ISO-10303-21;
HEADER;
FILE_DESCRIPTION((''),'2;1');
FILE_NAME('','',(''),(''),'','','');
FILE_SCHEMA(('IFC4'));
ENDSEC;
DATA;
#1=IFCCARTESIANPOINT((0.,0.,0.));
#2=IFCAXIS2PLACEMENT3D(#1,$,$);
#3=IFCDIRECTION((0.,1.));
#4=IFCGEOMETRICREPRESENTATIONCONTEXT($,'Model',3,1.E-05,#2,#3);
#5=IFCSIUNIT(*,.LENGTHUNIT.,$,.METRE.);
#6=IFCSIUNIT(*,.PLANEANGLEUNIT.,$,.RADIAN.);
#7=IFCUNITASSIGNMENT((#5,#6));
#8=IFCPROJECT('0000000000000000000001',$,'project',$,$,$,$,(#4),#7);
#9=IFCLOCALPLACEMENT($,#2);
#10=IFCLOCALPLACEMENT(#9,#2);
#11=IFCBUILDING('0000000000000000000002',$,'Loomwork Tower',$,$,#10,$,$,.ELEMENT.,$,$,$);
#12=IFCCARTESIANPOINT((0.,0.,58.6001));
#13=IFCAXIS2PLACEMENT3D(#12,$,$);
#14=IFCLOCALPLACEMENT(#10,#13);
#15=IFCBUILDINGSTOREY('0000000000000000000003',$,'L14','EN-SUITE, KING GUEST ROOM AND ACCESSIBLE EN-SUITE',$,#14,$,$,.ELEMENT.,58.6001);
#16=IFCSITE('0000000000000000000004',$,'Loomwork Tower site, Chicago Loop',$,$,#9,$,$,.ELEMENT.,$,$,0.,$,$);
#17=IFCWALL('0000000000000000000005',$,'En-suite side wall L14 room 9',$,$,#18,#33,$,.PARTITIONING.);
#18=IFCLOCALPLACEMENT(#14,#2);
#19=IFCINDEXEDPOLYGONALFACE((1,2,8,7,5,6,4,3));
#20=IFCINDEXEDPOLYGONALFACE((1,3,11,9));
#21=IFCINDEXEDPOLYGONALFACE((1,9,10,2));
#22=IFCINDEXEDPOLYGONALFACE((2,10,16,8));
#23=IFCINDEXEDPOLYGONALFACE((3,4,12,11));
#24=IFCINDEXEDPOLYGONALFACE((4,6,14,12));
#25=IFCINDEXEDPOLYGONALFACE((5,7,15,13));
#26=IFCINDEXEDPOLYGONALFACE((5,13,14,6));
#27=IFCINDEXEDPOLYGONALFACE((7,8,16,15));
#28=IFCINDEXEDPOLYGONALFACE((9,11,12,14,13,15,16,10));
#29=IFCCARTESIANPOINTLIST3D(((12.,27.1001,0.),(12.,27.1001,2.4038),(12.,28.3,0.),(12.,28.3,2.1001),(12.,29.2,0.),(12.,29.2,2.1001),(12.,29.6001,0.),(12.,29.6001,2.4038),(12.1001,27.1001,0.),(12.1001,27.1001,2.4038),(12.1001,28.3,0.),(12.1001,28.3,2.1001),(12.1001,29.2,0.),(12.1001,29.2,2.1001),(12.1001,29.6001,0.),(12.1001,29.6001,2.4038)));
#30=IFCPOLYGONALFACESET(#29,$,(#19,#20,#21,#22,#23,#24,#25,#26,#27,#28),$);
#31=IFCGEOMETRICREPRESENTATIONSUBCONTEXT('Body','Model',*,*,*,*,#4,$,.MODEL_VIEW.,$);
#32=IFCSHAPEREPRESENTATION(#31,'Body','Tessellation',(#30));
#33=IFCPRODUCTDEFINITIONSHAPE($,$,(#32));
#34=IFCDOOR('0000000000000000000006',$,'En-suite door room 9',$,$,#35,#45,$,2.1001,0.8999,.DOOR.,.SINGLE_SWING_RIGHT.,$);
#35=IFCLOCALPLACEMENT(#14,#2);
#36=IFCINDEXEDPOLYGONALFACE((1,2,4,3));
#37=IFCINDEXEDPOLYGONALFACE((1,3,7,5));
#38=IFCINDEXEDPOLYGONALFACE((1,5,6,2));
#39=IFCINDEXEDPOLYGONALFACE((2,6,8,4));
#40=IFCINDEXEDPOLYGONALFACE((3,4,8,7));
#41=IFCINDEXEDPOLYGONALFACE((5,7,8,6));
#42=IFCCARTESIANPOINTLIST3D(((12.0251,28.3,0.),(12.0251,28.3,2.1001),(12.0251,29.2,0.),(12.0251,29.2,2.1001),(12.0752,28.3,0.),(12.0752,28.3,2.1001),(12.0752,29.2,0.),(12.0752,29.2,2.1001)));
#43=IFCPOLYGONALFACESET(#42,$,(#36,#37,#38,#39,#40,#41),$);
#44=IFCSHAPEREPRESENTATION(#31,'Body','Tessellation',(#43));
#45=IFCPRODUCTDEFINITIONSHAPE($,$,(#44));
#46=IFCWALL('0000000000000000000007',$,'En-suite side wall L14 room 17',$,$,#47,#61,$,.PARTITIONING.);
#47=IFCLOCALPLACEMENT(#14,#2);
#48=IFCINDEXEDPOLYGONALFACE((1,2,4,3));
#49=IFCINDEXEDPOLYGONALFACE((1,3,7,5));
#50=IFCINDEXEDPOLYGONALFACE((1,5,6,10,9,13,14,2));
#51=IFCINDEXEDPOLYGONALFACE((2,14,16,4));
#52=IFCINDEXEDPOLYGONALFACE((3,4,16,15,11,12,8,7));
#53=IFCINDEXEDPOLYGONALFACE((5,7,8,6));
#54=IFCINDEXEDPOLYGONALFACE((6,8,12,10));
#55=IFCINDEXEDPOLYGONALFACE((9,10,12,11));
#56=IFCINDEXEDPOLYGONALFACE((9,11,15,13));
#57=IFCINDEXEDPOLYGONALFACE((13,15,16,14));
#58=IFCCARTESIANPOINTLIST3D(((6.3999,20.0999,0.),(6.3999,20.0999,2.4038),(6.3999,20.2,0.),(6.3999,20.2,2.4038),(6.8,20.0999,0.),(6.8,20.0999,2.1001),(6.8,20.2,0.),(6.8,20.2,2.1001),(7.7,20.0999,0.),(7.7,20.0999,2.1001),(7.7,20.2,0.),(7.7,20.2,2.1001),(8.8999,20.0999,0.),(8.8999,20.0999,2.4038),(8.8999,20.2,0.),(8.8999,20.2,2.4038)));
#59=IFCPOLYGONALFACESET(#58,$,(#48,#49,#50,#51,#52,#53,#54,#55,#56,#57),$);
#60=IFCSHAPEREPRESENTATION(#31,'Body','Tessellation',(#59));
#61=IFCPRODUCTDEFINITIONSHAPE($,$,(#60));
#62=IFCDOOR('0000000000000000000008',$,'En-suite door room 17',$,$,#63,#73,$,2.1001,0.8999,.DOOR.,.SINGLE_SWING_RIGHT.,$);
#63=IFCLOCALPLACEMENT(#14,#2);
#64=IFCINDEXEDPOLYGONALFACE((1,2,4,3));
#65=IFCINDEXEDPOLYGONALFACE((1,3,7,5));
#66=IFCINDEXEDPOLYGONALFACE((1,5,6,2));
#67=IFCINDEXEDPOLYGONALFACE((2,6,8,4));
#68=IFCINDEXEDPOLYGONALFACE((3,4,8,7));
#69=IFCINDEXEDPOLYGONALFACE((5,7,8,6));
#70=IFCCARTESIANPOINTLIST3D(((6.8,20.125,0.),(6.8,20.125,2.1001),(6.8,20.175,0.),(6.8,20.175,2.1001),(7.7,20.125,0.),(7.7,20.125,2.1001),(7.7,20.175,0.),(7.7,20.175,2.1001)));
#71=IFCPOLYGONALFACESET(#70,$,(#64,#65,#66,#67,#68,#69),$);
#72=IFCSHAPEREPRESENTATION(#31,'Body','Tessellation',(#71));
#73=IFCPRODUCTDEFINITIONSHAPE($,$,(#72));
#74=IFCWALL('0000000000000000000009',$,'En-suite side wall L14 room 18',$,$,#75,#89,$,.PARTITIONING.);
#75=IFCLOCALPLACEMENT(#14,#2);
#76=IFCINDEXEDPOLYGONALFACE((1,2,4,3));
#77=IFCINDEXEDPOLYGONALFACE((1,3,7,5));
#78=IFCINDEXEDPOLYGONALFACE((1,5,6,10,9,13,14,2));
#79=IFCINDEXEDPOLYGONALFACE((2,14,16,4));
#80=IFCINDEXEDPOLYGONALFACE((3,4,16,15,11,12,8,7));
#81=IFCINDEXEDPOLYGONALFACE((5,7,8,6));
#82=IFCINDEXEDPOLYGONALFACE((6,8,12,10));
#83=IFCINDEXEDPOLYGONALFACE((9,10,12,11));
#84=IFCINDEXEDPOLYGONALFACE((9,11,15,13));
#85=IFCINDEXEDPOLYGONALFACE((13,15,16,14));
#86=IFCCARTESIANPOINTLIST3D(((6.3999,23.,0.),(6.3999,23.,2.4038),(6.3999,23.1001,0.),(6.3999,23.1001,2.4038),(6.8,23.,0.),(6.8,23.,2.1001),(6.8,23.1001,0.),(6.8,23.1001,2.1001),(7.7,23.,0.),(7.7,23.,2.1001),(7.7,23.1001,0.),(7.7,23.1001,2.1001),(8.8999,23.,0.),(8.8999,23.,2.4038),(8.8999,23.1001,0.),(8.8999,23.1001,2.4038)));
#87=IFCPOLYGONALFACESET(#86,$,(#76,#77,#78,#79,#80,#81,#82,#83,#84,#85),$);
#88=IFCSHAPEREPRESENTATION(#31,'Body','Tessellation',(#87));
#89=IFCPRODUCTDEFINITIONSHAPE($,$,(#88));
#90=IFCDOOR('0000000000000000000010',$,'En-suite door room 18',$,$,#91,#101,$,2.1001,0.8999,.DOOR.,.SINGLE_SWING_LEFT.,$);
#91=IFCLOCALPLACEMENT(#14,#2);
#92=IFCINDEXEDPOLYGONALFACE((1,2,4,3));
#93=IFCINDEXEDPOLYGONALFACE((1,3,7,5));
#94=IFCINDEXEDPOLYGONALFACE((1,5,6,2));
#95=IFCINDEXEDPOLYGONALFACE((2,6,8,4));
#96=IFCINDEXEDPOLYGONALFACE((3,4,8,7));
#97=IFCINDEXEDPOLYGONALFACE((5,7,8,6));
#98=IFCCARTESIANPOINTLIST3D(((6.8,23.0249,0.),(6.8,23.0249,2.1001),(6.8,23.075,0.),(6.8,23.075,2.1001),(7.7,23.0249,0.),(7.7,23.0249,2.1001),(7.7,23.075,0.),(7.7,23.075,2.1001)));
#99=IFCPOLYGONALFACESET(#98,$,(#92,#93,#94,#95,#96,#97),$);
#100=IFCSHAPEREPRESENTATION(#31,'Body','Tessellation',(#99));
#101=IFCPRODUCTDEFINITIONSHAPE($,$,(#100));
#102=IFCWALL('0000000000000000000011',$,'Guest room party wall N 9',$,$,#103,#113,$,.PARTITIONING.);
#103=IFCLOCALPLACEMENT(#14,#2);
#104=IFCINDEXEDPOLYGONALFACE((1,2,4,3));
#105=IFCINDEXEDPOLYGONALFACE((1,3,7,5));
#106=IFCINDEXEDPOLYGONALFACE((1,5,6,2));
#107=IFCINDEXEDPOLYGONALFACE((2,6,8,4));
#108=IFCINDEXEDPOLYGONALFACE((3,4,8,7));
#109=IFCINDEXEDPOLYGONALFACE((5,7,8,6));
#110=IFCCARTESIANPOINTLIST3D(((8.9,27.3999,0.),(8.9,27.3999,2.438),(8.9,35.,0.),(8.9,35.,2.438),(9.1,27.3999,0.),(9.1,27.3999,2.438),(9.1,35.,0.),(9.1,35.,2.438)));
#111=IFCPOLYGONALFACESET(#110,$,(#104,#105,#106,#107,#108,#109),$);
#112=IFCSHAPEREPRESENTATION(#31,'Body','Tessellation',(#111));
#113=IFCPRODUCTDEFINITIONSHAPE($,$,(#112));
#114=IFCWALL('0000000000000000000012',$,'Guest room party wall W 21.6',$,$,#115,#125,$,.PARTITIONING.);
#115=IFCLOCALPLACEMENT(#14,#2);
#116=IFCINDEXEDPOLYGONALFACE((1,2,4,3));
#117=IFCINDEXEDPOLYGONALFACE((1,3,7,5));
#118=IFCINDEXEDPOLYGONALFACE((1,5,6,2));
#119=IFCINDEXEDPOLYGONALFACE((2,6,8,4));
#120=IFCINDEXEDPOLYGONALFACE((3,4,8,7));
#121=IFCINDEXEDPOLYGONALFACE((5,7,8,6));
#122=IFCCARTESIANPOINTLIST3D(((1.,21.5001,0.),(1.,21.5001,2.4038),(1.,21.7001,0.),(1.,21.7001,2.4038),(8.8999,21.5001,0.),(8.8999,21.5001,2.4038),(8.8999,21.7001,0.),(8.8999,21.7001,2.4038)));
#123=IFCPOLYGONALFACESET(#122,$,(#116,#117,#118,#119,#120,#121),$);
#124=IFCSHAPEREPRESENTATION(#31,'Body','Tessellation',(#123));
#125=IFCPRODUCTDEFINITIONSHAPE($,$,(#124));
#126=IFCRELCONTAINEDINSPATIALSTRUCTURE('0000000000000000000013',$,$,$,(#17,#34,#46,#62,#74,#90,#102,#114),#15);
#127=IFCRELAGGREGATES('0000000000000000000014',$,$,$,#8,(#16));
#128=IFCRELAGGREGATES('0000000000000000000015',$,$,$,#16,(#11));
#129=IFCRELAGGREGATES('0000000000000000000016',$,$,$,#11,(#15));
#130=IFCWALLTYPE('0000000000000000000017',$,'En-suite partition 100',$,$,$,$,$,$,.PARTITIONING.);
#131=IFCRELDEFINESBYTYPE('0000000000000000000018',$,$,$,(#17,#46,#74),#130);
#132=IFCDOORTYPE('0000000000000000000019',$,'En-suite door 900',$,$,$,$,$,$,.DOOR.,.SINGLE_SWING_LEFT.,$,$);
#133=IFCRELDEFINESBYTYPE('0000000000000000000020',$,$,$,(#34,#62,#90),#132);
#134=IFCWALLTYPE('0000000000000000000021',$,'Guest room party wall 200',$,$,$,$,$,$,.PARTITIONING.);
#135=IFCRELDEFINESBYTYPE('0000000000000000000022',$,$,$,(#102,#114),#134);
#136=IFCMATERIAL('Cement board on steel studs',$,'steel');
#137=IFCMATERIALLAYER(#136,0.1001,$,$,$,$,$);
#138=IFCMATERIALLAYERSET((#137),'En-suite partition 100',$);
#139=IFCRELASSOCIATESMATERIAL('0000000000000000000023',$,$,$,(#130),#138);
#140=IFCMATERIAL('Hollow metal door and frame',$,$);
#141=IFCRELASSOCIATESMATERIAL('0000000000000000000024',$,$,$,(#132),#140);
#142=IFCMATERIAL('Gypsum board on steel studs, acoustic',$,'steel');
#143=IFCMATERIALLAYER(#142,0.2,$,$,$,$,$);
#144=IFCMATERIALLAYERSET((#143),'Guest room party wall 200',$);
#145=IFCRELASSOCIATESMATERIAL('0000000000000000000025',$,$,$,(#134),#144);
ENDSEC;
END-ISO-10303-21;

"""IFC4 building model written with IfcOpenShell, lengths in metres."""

from ifc_helpers import new_model, si_unit, direction, frame, frame_2d, origin, place, context, subcontext, project, spatial, rectangle, extrude, material, layer, layer_set, type_object, element, fill, save


model = new_model("IFC4")

# Units and contexts
model_context = context("Model", 3, precision=1e-05, world=origin(), true_north=direction((0.0, 1.0)))
body_context = subcontext(model_context, "Body", "Model", "MODEL_VIEW")
ifc_project = project(units=[si_unit("LENGTHUNIT", "METRE"), si_unit("PLANEANGLEUNIT", "RADIAN")], contexts=[model_context])

# Site, building, storey
site_placement = place(None, origin())
site = spatial("IfcSite", under=ifc_project, at=site_placement, Name="Loomwork Tower site, Chicago Loop", CompositionType="ELEMENT", RefElevation=0.0)
building_placement = place(site_placement, origin())
building = spatial("IfcBuilding", under=site, at=building_placement, Name="Loomwork Tower", CompositionType="ELEMENT")
storey_placement = place(building_placement, frame((0.0, 0.0, 58.6001)))
storey = spatial("IfcBuildingStorey", under=building, at=storey_placement, Name="L14", Description="EN-SUITE, KING GUEST ROOM AND ACCESSIBLE EN-SUITE", CompositionType="ELEMENT", Elevation=58.6001)

# Walls, openings, doors
ifc_material_1 = material(Name="Cement board on steel studs", Category="steel")
ifc_layer_1 = layer(ifc_material_1, 0.1001)
ifc_layer_set_1 = layer_set([ifc_layer_1], Name="En-suite partition 100")
wall_type_1 = type_object("IfcWallType", Name="En-suite partition 100", PredefinedType="PARTITIONING", material=ifc_layer_set_1)
wall_1_placement = place(storey_placement, frame((12.05, 27.1001, 0.0), z_axis=(0.0, 0.0, 1.0), x_axis=(0.0, 1.0, 0.0)))
wall_1 = element("IfcWall", 1, at=wall_1_placement, inside=storey, type_object=wall_type_1, Name="En-suite side wall L14 room 9", PredefinedType="PARTITIONING", context=body_context, shape_type="SweptSolid", body=[
    extrude(rectangle(XDim=2.5, YDim=0.1001, at=frame_2d((1.25, 0.0))), origin(), (0.0, 0.0, 1.0), 2.4038),
])
opening_1_placement = place(wall_1_placement, frame((1.2, 0.0, 0.0)))
opening_1 = element("IfcOpeningElement", 2, at=opening_1_placement, cuts=wall_1, PredefinedType="OPENING", context=body_context, shape_type="SweptSolid", body=[
    extrude(rectangle(XDim=0.8999, YDim=2.1001, at=frame_2d((0.45, 1.05))), frame((0.0, 0.0601, 0.0), z_axis=(0.0, -1.0, 0.0), x_axis=(1.0, 0.0, 0.0)), (0.0, 0.0, 1.0), 0.1201),
])
ifc_material_2 = material(Name="Hollow metal door and frame")
door_type_1 = type_object("IfcDoorType", Name="En-suite door 900", OperationType="SINGLE_SWING_LEFT", PredefinedType="DOOR", material=ifc_material_2)
door_1_placement = place(opening_1_placement, origin())
door_1 = element("IfcDoor", 3, at=door_1_placement, inside=storey, type_object=door_type_1, Name="En-suite door room 9", OperationType="SINGLE_SWING_RIGHT", OverallHeight=2.1001, OverallWidth=0.8999, PredefinedType="DOOR", context=body_context, shape_type="SweptSolid", body=[
    extrude(rectangle(XDim=0.8999, YDim=2.1001, at=frame_2d((0.45, 1.05))), frame((0.0, 0.0249, 0.0), z_axis=(0.0, -1.0, 0.0), x_axis=(1.0, 0.0, 0.0)), (0.0, 0.0, 1.0), 0.05),
])
fill(opening_1, door_1)
wall_2_placement = place(storey_placement, frame((8.8999, 20.1499, 0.0), z_axis=(0.0, 0.0, 1.0), x_axis=(-1.0, 0.0, 0.0)))
wall_2 = element("IfcWall", 4, at=wall_2_placement, inside=storey, type_object=wall_type_1, Name="En-suite side wall L14 room 17", PredefinedType="PARTITIONING", context=body_context, shape_type="SweptSolid", body=[
    extrude(rectangle(XDim=2.5, YDim=0.1001, at=frame_2d((1.25, 0.0))), origin(), (0.0, 0.0, 1.0), 2.4038),
])
opening_2_placement = place(wall_2_placement, frame((1.2, 0.0, 0.0)))
opening_2 = element("IfcOpeningElement", 5, at=opening_2_placement, cuts=wall_2, PredefinedType="OPENING", context=body_context, shape_type="SweptSolid", body=[
    extrude(rectangle(XDim=0.8999, YDim=2.1001, at=frame_2d((0.45, 1.05))), frame((0.0, 0.0601, 0.0), z_axis=(0.0, -1.0, 0.0), x_axis=(1.0, 0.0, 0.0)), (0.0, 0.0, 1.0), 0.1201),
])
door_2_placement = place(opening_2_placement, origin())
door_2 = element("IfcDoor", 6, at=door_2_placement, inside=storey, type_object=door_type_1, Name="En-suite door room 17", OperationType="SINGLE_SWING_RIGHT", OverallHeight=2.1001, OverallWidth=0.8999, PredefinedType="DOOR", context=body_context, shape_type="SweptSolid", body=[
    extrude(rectangle(XDim=0.8999, YDim=2.1001, at=frame_2d((0.45, 1.05))), frame((0.0, 0.0249, 0.0), z_axis=(0.0, -1.0, 0.0), x_axis=(1.0, 0.0, 0.0)), (0.0, 0.0, 1.0), 0.05),
])
fill(opening_2, door_2)
wall_3_placement = place(storey_placement, frame((8.8999, 23.05, 0.0), z_axis=(0.0, 0.0, 1.0), x_axis=(-1.0, 0.0, 0.0)))
wall_3 = element("IfcWall", 7, at=wall_3_placement, inside=storey, type_object=wall_type_1, Name="En-suite side wall L14 room 18", PredefinedType="PARTITIONING", context=body_context, shape_type="SweptSolid", body=[
    extrude(rectangle(XDim=2.5, YDim=0.1001, at=frame_2d((1.25, 0.0))), origin(), (0.0, 0.0, 1.0), 2.4038),
])
opening_3_placement = place(wall_3_placement, frame((1.2, 0.0, 0.0)))
opening_3 = element("IfcOpeningElement", 8, at=opening_3_placement, cuts=wall_3, PredefinedType="OPENING", context=body_context, shape_type="SweptSolid", body=[
    extrude(rectangle(XDim=0.8999, YDim=2.1001, at=frame_2d((0.45, 1.05))), frame((0.0, 0.0601, 0.0), z_axis=(0.0, -1.0, 0.0), x_axis=(1.0, 0.0, 0.0)), (0.0, 0.0, 1.0), 0.1201),
])
door_3_placement = place(opening_3_placement, frame((0.8999, 0.0, 0.0), z_axis=(0.0, 0.0, 1.0), x_axis=(-1.0, 0.0, 0.0)))
door_3 = element("IfcDoor", 9, at=door_3_placement, inside=storey, type_object=door_type_1, Name="En-suite door room 18", OperationType="SINGLE_SWING_LEFT", OverallHeight=2.1001, OverallWidth=0.8999, PredefinedType="DOOR", context=body_context, shape_type="SweptSolid", body=[
    extrude(rectangle(XDim=0.8999, YDim=2.1001, at=frame_2d((0.45, 1.05))), frame((0.0, 0.0249, 0.0), z_axis=(0.0, -1.0, 0.0), x_axis=(1.0, 0.0, 0.0)), (0.0, 0.0, 1.0), 0.05),
])
fill(opening_3, door_3)

# Walls
ifc_material_3 = material(Name="Gypsum board on steel studs, acoustic", Category="steel")
ifc_layer_2 = layer(ifc_material_3, 0.2)
ifc_layer_set_2 = layer_set([ifc_layer_2], Name="Guest room party wall 200")
wall_type_2 = type_object("IfcWallType", Name="Guest room party wall 200", PredefinedType="PARTITIONING", material=ifc_layer_set_2)
wall_4_placement = place(storey_placement, frame((9.0, 27.3999, 0.0), z_axis=(0.0, 0.0, 1.0), x_axis=(0.0, 1.0, 0.0)))
element("IfcWall", 10, at=wall_4_placement, inside=storey, type_object=wall_type_2, Name="Guest room party wall N 9", PredefinedType="PARTITIONING", context=body_context, shape_type="SweptSolid", body=[
    extrude(rectangle(XDim=7.6001, YDim=0.2, at=frame_2d((3.8, 0.0))), origin(), (0.0, 0.0, 1.0), 2.438),
])
wall_5_placement = place(storey_placement, frame((8.8999, 21.6001, 0.0), z_axis=(0.0, 0.0, 1.0), x_axis=(-1.0, 0.0, 0.0)))
element("IfcWall", 11, at=wall_5_placement, inside=storey, type_object=wall_type_2, Name="Guest room party wall W 21.6", PredefinedType="PARTITIONING", context=body_context, shape_type="SweptSolid", body=[
    extrude(rectangle(XDim=7.8999, YDim=0.2, at=frame_2d((3.95, 0.0))), origin(), (0.0, 0.0, 1.0), 2.4038),
])

save(model, "model.ifc")
